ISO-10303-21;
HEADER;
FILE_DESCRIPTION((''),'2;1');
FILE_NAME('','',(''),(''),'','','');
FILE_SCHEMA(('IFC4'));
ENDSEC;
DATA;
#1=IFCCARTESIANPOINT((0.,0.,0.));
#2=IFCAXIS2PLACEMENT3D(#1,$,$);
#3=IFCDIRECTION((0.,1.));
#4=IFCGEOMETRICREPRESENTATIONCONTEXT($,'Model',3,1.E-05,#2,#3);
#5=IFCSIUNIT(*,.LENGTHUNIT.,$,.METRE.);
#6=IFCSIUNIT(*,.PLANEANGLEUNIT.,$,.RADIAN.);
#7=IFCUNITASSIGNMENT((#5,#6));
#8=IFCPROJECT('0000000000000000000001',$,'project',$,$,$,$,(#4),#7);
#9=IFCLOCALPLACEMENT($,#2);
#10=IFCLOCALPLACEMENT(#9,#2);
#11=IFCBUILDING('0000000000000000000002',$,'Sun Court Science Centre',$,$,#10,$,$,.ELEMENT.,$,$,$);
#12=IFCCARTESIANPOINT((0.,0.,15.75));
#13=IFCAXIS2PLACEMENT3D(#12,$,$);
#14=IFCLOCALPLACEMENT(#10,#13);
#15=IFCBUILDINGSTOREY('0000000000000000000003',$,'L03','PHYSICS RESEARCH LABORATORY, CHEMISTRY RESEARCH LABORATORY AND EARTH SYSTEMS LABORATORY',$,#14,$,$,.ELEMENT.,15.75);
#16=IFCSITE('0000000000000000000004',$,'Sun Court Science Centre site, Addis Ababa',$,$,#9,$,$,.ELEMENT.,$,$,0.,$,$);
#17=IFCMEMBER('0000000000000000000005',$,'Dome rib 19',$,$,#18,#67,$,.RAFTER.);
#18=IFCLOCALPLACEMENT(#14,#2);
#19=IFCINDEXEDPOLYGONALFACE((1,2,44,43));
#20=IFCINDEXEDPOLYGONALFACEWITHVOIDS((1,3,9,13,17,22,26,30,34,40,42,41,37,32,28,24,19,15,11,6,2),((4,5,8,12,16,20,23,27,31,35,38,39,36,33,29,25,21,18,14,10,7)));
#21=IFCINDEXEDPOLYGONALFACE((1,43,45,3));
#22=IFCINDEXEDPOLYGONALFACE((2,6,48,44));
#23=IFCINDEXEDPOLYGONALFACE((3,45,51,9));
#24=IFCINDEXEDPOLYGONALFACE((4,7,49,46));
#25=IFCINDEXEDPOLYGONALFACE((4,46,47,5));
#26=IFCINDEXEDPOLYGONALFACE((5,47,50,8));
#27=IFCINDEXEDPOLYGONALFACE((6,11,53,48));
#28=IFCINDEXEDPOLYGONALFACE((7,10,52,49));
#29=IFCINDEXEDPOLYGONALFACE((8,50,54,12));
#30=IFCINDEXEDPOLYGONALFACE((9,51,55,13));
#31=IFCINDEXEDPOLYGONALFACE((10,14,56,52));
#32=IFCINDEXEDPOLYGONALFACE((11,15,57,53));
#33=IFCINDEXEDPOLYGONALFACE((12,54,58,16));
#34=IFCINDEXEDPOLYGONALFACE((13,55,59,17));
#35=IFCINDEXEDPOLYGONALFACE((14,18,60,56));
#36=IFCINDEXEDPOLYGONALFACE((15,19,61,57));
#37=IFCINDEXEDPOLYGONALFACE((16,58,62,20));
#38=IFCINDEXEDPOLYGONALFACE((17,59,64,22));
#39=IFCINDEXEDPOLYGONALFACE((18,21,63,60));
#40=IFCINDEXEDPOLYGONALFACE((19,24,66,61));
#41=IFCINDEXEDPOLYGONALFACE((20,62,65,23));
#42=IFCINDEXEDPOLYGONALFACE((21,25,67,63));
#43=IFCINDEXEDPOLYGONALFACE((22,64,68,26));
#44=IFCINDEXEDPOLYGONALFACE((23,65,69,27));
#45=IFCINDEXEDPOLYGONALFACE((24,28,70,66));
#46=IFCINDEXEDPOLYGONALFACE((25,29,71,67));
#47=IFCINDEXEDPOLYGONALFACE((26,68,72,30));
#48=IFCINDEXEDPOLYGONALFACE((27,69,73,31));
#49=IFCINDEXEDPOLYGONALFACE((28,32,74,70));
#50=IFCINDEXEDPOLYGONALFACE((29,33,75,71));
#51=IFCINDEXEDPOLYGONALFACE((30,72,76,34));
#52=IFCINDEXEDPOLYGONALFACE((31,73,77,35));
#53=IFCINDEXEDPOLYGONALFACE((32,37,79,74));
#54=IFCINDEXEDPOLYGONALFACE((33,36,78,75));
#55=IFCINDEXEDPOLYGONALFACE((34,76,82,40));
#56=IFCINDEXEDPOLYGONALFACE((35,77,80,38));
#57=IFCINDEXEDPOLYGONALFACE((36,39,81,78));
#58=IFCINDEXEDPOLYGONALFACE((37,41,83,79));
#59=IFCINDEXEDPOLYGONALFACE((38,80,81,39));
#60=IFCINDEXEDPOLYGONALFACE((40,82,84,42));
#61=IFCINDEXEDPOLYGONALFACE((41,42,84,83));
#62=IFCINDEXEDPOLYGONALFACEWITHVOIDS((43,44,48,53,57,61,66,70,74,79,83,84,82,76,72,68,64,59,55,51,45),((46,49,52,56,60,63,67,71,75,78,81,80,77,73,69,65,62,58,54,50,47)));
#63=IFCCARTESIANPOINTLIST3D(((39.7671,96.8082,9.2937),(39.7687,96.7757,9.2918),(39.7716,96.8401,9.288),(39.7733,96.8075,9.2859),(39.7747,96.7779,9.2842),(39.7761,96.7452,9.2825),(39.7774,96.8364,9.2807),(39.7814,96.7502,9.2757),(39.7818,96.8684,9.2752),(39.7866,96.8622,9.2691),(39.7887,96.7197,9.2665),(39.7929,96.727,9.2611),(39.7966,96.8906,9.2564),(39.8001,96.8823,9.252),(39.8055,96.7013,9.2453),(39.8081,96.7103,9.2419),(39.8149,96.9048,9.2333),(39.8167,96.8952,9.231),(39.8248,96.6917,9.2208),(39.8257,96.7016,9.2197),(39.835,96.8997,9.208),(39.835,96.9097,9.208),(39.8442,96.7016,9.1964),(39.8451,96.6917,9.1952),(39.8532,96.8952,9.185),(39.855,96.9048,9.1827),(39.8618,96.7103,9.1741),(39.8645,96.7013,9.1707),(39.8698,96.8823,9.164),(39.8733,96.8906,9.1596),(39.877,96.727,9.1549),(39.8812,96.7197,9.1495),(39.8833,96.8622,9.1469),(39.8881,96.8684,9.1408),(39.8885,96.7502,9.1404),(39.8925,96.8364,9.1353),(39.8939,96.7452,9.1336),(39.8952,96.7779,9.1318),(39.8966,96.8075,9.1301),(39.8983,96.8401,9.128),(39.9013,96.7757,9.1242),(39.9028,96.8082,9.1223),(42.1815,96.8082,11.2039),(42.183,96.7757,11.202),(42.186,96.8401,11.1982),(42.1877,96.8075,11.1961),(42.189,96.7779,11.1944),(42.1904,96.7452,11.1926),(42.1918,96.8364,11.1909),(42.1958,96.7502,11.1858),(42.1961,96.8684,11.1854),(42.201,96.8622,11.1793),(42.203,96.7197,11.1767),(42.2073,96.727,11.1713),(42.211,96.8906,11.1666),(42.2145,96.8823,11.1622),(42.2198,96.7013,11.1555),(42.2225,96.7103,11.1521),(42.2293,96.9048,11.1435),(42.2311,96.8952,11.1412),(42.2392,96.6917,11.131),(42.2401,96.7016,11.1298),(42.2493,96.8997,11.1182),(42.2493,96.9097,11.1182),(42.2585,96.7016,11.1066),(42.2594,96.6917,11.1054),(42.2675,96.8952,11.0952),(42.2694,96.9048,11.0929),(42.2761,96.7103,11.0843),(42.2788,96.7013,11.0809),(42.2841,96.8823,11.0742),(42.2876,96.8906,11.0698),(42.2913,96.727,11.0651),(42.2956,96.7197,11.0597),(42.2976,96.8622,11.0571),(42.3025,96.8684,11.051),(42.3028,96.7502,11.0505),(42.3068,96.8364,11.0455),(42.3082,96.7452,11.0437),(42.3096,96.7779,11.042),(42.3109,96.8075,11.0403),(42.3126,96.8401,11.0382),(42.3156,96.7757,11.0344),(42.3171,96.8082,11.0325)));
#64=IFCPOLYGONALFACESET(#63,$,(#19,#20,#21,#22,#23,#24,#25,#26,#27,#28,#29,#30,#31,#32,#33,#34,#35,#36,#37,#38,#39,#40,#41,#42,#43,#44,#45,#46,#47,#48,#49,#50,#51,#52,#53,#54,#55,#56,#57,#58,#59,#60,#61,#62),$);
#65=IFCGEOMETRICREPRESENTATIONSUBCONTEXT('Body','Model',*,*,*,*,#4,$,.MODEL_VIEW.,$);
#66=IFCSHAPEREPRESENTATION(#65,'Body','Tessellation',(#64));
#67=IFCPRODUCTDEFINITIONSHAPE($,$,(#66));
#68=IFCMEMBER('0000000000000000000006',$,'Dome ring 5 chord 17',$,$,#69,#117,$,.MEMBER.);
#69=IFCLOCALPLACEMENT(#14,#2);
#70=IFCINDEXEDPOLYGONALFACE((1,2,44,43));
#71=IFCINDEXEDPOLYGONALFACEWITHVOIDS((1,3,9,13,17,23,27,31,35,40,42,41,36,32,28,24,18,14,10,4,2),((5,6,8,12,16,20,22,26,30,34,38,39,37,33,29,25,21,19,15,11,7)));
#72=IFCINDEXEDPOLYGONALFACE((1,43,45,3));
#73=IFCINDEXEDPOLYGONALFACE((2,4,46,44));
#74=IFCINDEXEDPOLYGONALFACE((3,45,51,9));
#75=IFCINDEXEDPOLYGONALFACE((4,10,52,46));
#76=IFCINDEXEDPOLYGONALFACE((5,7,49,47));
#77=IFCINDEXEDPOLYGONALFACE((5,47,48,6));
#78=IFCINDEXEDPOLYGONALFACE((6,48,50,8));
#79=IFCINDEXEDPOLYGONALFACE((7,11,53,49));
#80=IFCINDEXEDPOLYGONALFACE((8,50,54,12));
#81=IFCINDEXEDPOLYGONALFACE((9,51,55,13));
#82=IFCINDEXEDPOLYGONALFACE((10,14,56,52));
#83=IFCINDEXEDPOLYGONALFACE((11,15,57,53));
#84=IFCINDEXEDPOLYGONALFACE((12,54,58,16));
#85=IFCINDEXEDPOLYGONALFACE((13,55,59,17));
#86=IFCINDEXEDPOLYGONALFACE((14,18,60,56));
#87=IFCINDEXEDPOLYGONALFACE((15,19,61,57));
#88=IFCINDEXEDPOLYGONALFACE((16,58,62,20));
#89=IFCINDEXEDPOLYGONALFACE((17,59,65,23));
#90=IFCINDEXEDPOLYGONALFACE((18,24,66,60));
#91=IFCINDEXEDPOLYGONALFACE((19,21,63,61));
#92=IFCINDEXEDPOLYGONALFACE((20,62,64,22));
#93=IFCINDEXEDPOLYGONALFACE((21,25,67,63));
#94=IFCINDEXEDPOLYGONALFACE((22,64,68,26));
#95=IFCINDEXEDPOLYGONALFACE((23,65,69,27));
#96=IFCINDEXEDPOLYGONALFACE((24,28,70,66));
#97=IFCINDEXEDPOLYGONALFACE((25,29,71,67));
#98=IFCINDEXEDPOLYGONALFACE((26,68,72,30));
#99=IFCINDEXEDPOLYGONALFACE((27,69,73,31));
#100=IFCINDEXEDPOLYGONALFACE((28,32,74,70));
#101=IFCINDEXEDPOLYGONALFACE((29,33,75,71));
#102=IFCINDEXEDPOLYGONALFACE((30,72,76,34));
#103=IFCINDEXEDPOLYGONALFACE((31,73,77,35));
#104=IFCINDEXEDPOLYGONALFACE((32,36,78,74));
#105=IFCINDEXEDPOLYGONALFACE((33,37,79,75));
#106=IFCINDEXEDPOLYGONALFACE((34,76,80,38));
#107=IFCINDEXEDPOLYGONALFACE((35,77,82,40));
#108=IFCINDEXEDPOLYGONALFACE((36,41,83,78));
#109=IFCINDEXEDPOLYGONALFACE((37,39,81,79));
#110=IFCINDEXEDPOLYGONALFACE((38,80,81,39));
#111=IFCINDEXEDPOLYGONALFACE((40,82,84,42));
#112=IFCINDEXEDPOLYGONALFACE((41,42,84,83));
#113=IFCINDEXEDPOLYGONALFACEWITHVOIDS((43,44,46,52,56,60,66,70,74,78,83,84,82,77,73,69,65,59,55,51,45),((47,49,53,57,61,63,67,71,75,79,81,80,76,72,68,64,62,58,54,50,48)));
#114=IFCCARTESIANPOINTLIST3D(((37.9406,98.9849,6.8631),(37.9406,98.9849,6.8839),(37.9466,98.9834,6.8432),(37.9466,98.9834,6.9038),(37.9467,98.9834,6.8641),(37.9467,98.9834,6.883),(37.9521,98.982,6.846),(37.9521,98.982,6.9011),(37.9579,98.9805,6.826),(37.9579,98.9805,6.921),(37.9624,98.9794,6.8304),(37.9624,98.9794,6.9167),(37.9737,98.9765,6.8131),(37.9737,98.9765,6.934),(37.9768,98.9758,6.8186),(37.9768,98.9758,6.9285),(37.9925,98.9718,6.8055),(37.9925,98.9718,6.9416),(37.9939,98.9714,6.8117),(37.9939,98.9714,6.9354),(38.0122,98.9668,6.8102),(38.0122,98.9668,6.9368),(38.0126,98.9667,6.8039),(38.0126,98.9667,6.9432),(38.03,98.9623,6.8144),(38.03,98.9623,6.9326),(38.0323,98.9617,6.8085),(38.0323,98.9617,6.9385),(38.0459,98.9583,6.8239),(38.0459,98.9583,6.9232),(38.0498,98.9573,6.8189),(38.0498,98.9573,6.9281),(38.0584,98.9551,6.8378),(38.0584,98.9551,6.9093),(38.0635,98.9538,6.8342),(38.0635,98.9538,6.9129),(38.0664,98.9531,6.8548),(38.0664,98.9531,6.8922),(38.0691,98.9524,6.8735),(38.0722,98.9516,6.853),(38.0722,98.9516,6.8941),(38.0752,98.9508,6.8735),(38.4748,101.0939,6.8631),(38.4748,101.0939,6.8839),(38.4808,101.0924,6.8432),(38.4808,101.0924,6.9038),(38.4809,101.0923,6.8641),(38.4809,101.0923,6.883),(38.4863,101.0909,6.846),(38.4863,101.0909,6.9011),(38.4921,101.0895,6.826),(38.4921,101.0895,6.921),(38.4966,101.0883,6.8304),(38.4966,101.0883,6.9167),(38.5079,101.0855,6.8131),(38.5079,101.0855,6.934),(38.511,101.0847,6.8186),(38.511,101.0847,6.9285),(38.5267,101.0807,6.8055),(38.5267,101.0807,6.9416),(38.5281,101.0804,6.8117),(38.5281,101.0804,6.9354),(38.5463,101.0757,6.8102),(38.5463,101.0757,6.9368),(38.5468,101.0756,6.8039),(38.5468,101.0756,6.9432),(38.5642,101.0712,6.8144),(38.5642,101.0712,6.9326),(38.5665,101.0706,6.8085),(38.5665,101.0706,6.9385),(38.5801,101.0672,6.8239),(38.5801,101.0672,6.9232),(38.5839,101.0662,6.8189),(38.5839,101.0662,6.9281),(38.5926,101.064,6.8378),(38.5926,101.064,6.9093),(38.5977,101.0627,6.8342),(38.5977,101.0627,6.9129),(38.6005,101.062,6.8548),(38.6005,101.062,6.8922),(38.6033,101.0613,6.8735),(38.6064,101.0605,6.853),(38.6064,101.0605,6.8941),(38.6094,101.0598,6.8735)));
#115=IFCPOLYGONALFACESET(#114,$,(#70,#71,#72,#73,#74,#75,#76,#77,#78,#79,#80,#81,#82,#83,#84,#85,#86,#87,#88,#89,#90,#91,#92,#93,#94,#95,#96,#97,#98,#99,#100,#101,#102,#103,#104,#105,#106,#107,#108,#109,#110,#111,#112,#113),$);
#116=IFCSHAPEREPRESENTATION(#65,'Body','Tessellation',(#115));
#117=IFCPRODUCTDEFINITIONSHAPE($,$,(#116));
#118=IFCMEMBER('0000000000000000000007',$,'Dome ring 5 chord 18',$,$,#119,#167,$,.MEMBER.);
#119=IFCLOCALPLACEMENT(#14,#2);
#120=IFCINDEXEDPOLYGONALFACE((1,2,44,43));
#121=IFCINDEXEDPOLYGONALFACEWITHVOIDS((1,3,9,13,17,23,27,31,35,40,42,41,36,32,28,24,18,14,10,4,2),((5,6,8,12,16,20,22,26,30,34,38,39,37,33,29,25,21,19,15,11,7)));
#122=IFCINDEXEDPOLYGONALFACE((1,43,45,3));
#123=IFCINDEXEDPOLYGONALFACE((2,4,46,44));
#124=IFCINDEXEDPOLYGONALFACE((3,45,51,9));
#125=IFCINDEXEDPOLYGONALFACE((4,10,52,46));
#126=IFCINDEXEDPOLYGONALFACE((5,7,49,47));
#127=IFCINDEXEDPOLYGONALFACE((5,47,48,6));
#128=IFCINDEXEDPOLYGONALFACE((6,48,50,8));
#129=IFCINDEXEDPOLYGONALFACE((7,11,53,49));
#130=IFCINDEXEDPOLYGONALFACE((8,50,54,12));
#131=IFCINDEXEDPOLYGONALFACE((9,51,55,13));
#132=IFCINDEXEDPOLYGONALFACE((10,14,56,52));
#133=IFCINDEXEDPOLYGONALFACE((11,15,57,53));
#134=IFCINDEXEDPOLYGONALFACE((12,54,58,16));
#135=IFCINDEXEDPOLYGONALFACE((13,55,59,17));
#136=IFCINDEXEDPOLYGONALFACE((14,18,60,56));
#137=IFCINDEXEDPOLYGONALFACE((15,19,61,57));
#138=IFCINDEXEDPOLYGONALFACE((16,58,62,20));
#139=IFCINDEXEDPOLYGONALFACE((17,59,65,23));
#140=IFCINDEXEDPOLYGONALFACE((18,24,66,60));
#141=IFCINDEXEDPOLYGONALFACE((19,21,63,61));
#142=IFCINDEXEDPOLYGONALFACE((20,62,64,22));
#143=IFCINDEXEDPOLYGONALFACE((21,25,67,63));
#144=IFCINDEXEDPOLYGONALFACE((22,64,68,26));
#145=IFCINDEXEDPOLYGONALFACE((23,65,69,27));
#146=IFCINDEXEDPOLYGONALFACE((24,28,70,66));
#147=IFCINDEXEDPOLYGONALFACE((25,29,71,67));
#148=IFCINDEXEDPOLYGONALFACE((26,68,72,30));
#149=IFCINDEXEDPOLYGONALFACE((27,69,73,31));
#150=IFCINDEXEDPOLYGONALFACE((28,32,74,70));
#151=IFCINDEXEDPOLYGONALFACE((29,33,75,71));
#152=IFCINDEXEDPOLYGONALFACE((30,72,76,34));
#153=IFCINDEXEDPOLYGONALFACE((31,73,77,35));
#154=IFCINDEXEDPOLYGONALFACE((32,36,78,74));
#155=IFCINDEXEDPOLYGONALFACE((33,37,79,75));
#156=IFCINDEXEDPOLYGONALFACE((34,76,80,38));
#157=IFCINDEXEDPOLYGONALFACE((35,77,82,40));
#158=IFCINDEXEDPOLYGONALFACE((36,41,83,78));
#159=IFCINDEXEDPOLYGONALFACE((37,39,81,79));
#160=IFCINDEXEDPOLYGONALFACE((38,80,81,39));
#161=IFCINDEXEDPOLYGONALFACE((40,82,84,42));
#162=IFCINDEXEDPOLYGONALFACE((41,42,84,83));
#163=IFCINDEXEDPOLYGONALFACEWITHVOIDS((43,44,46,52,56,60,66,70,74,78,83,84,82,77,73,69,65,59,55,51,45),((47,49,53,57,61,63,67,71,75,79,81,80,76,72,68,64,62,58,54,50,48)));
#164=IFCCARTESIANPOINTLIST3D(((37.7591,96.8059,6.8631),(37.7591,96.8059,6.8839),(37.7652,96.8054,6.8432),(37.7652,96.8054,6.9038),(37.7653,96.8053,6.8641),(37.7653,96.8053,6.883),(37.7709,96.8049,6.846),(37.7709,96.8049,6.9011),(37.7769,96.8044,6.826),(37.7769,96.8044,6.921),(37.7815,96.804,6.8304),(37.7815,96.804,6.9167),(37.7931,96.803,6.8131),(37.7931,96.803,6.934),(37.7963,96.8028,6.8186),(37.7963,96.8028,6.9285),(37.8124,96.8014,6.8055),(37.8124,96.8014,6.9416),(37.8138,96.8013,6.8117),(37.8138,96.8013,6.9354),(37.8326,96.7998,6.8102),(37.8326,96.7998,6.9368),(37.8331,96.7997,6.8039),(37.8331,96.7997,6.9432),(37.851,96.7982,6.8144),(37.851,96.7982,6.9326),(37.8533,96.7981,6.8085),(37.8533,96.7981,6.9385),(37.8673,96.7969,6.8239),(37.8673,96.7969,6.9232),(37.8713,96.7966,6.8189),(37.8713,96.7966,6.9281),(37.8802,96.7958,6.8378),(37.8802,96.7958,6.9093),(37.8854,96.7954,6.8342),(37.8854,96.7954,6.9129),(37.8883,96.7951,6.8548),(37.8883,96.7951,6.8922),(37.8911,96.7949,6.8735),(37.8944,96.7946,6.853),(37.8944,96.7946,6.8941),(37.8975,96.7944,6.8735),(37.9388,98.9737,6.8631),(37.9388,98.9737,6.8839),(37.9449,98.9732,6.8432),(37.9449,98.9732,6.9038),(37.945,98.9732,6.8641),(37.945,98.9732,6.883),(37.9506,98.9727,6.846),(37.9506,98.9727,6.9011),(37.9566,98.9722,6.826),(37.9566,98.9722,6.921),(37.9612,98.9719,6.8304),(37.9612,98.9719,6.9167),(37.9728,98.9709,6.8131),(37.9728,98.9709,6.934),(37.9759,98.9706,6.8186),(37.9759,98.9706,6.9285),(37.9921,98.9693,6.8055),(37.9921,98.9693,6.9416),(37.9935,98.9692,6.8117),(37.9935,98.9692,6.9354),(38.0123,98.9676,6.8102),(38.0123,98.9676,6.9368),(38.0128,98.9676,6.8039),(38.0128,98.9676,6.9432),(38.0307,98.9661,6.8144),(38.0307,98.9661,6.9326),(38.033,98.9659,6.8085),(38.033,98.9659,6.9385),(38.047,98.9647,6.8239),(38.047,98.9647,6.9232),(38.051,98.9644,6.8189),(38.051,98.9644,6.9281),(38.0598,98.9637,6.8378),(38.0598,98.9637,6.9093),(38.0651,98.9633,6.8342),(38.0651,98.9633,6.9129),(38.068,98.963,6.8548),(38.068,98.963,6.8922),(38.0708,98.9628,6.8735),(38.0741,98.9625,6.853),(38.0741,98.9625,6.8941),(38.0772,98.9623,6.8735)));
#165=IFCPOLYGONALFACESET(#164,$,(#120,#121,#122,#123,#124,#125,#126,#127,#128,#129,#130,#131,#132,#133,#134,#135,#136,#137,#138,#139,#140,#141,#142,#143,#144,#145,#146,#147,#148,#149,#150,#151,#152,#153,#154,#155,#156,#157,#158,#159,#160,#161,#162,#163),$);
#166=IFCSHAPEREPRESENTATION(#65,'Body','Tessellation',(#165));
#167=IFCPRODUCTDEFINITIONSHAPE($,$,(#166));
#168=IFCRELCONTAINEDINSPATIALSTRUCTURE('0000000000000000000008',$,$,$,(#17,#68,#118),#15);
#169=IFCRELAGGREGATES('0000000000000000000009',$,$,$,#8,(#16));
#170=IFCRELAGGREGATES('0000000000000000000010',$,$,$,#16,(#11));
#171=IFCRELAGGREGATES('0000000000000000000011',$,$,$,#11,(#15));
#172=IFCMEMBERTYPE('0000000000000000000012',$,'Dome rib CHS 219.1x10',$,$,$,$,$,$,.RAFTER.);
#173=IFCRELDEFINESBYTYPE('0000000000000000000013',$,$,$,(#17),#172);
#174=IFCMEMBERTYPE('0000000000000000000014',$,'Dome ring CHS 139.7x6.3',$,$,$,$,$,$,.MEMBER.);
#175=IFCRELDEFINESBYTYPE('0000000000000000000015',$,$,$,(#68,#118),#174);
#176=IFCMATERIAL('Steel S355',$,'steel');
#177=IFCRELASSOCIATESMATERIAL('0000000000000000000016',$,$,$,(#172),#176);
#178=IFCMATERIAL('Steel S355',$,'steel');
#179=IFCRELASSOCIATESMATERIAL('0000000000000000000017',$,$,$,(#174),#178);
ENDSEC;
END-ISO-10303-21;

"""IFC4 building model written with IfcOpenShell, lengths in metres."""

from ifc_helpers import new_model, si_unit, direction, frame, origin, origin_2d, place, context, subcontext, project, spatial, hollow_circle, extrude, material, material_profile, profile_set, type_object, element, save


model = new_model("IFC4")

# Units and contexts
model_context = context("Model", 3, precision=1e-05, world=origin(), true_north=direction((0.0, 1.0)))
body_context = subcontext(model_context, "Body", "Model", "MODEL_VIEW")
ifc_project = project(units=[si_unit("LENGTHUNIT", "METRE"), si_unit("PLANEANGLEUNIT", "RADIAN")], contexts=[model_context])

# Site, building, storey
site_placement = place(None, origin())
site = spatial("IfcSite", under=ifc_project, at=site_placement, Name="Sun Court Science Centre site, Addis Ababa", CompositionType="ELEMENT", RefElevation=0.0)
building_placement = place(site_placement, origin())
building = spatial("IfcBuilding", under=site, at=building_placement, Name="Sun Court Science Centre", CompositionType="ELEMENT")
storey_placement = place(building_placement, frame((0.0, 0.0, 15.75)))
storey = spatial("IfcBuildingStorey", under=building, at=storey_placement, Name="L03", Description="PHYSICS RESEARCH LABORATORY, CHEMISTRY RESEARCH LABORATORY AND EARTH SYSTEMS LABORATORY", CompositionType="ELEMENT", Elevation=15.75)

# Members
ifc_material_1 = material(Name="Steel S355", Category="steel")
ifc_material_profile_1 = material_profile(ifc_material_1, hollow_circle(Radius=0.1096, WallThickness=0.01, at=origin_2d()), Name="CHS 219.1x10")
ifc_profile_set_1 = profile_set([ifc_material_profile_1], Name="Steel S355")
member_type_1 = type_object("IfcMemberType", Name="Dome rib CHS 219.1x10", PredefinedType="RAFTER", material=ifc_profile_set_1)
for number, where, z_axis, x_axis, name in (
    (1, (39.835, 96.8, 9.208), (0.784231, 0.0, 0.620469), (0.0, 1.0, 0.0), "Dome rib 19"),
):
    element("IfcMember", number, at=place(storey_placement, frame(where, z_axis=z_axis, x_axis=x_axis)), inside=storey, type_object=member_type_1, Name=name, PredefinedType="RAFTER", context=body_context, shape_type="SweptSolid", body=[
        extrude(hollow_circle(Radius=0.1096, WallThickness=0.01, at=origin_2d()), origin(), (0.0, 0.0, 1.0), 3.0786),
    ])
ifc_material_2 = material(Name="Steel S355", Category="steel")
ifc_material_profile_2 = material_profile(ifc_material_2, hollow_circle(Radius=0.0698, WallThickness=0.0063, at=origin_2d()), Name="CHS 139.7x6.3")
ifc_profile_set_2 = profile_set([ifc_material_profile_2], Name="Steel S355")
member_type_2 = type_object("IfcMemberType", Name="Dome ring CHS 139.7x6.3", PredefinedType="MEMBER", material=ifc_profile_set_2)
member_1_placement = place(storey_placement, frame((38.5417, 101.0769, 6.8735), z_axis=(-0.245545, -0.969385, 0.0), x_axis=(0.969385, -0.245545, 0.0)))
element("IfcMember", 2, at=member_1_placement, inside=storey, type_object=member_type_2, Name="Dome ring 5 chord 17", PredefinedType="MEMBER", context=body_context, shape_type="SweptSolid", body=[
    extrude(hollow_circle(Radius=0.0698, WallThickness=0.0063, at=origin_2d()), origin(), (0.0, 0.0, 1.0), 2.1755),
])
member_2_placement = place(storey_placement, frame((38.0076, 98.968, 6.8735), z_axis=(-0.0826, -0.996583, 0.0), x_axis=(0.996583, -0.0826, 0.0)))
element("IfcMember", 3, at=member_2_placement, inside=storey, type_object=member_type_2, Name="Dome ring 5 chord 18", PredefinedType="MEMBER", context=body_context, shape_type="SweptSolid", body=[
    extrude(hollow_circle(Radius=0.0698, WallThickness=0.0063, at=origin_2d()), origin(), (0.0, 0.0, 1.0), 2.1753),
])

save(model, "model.ifc")
